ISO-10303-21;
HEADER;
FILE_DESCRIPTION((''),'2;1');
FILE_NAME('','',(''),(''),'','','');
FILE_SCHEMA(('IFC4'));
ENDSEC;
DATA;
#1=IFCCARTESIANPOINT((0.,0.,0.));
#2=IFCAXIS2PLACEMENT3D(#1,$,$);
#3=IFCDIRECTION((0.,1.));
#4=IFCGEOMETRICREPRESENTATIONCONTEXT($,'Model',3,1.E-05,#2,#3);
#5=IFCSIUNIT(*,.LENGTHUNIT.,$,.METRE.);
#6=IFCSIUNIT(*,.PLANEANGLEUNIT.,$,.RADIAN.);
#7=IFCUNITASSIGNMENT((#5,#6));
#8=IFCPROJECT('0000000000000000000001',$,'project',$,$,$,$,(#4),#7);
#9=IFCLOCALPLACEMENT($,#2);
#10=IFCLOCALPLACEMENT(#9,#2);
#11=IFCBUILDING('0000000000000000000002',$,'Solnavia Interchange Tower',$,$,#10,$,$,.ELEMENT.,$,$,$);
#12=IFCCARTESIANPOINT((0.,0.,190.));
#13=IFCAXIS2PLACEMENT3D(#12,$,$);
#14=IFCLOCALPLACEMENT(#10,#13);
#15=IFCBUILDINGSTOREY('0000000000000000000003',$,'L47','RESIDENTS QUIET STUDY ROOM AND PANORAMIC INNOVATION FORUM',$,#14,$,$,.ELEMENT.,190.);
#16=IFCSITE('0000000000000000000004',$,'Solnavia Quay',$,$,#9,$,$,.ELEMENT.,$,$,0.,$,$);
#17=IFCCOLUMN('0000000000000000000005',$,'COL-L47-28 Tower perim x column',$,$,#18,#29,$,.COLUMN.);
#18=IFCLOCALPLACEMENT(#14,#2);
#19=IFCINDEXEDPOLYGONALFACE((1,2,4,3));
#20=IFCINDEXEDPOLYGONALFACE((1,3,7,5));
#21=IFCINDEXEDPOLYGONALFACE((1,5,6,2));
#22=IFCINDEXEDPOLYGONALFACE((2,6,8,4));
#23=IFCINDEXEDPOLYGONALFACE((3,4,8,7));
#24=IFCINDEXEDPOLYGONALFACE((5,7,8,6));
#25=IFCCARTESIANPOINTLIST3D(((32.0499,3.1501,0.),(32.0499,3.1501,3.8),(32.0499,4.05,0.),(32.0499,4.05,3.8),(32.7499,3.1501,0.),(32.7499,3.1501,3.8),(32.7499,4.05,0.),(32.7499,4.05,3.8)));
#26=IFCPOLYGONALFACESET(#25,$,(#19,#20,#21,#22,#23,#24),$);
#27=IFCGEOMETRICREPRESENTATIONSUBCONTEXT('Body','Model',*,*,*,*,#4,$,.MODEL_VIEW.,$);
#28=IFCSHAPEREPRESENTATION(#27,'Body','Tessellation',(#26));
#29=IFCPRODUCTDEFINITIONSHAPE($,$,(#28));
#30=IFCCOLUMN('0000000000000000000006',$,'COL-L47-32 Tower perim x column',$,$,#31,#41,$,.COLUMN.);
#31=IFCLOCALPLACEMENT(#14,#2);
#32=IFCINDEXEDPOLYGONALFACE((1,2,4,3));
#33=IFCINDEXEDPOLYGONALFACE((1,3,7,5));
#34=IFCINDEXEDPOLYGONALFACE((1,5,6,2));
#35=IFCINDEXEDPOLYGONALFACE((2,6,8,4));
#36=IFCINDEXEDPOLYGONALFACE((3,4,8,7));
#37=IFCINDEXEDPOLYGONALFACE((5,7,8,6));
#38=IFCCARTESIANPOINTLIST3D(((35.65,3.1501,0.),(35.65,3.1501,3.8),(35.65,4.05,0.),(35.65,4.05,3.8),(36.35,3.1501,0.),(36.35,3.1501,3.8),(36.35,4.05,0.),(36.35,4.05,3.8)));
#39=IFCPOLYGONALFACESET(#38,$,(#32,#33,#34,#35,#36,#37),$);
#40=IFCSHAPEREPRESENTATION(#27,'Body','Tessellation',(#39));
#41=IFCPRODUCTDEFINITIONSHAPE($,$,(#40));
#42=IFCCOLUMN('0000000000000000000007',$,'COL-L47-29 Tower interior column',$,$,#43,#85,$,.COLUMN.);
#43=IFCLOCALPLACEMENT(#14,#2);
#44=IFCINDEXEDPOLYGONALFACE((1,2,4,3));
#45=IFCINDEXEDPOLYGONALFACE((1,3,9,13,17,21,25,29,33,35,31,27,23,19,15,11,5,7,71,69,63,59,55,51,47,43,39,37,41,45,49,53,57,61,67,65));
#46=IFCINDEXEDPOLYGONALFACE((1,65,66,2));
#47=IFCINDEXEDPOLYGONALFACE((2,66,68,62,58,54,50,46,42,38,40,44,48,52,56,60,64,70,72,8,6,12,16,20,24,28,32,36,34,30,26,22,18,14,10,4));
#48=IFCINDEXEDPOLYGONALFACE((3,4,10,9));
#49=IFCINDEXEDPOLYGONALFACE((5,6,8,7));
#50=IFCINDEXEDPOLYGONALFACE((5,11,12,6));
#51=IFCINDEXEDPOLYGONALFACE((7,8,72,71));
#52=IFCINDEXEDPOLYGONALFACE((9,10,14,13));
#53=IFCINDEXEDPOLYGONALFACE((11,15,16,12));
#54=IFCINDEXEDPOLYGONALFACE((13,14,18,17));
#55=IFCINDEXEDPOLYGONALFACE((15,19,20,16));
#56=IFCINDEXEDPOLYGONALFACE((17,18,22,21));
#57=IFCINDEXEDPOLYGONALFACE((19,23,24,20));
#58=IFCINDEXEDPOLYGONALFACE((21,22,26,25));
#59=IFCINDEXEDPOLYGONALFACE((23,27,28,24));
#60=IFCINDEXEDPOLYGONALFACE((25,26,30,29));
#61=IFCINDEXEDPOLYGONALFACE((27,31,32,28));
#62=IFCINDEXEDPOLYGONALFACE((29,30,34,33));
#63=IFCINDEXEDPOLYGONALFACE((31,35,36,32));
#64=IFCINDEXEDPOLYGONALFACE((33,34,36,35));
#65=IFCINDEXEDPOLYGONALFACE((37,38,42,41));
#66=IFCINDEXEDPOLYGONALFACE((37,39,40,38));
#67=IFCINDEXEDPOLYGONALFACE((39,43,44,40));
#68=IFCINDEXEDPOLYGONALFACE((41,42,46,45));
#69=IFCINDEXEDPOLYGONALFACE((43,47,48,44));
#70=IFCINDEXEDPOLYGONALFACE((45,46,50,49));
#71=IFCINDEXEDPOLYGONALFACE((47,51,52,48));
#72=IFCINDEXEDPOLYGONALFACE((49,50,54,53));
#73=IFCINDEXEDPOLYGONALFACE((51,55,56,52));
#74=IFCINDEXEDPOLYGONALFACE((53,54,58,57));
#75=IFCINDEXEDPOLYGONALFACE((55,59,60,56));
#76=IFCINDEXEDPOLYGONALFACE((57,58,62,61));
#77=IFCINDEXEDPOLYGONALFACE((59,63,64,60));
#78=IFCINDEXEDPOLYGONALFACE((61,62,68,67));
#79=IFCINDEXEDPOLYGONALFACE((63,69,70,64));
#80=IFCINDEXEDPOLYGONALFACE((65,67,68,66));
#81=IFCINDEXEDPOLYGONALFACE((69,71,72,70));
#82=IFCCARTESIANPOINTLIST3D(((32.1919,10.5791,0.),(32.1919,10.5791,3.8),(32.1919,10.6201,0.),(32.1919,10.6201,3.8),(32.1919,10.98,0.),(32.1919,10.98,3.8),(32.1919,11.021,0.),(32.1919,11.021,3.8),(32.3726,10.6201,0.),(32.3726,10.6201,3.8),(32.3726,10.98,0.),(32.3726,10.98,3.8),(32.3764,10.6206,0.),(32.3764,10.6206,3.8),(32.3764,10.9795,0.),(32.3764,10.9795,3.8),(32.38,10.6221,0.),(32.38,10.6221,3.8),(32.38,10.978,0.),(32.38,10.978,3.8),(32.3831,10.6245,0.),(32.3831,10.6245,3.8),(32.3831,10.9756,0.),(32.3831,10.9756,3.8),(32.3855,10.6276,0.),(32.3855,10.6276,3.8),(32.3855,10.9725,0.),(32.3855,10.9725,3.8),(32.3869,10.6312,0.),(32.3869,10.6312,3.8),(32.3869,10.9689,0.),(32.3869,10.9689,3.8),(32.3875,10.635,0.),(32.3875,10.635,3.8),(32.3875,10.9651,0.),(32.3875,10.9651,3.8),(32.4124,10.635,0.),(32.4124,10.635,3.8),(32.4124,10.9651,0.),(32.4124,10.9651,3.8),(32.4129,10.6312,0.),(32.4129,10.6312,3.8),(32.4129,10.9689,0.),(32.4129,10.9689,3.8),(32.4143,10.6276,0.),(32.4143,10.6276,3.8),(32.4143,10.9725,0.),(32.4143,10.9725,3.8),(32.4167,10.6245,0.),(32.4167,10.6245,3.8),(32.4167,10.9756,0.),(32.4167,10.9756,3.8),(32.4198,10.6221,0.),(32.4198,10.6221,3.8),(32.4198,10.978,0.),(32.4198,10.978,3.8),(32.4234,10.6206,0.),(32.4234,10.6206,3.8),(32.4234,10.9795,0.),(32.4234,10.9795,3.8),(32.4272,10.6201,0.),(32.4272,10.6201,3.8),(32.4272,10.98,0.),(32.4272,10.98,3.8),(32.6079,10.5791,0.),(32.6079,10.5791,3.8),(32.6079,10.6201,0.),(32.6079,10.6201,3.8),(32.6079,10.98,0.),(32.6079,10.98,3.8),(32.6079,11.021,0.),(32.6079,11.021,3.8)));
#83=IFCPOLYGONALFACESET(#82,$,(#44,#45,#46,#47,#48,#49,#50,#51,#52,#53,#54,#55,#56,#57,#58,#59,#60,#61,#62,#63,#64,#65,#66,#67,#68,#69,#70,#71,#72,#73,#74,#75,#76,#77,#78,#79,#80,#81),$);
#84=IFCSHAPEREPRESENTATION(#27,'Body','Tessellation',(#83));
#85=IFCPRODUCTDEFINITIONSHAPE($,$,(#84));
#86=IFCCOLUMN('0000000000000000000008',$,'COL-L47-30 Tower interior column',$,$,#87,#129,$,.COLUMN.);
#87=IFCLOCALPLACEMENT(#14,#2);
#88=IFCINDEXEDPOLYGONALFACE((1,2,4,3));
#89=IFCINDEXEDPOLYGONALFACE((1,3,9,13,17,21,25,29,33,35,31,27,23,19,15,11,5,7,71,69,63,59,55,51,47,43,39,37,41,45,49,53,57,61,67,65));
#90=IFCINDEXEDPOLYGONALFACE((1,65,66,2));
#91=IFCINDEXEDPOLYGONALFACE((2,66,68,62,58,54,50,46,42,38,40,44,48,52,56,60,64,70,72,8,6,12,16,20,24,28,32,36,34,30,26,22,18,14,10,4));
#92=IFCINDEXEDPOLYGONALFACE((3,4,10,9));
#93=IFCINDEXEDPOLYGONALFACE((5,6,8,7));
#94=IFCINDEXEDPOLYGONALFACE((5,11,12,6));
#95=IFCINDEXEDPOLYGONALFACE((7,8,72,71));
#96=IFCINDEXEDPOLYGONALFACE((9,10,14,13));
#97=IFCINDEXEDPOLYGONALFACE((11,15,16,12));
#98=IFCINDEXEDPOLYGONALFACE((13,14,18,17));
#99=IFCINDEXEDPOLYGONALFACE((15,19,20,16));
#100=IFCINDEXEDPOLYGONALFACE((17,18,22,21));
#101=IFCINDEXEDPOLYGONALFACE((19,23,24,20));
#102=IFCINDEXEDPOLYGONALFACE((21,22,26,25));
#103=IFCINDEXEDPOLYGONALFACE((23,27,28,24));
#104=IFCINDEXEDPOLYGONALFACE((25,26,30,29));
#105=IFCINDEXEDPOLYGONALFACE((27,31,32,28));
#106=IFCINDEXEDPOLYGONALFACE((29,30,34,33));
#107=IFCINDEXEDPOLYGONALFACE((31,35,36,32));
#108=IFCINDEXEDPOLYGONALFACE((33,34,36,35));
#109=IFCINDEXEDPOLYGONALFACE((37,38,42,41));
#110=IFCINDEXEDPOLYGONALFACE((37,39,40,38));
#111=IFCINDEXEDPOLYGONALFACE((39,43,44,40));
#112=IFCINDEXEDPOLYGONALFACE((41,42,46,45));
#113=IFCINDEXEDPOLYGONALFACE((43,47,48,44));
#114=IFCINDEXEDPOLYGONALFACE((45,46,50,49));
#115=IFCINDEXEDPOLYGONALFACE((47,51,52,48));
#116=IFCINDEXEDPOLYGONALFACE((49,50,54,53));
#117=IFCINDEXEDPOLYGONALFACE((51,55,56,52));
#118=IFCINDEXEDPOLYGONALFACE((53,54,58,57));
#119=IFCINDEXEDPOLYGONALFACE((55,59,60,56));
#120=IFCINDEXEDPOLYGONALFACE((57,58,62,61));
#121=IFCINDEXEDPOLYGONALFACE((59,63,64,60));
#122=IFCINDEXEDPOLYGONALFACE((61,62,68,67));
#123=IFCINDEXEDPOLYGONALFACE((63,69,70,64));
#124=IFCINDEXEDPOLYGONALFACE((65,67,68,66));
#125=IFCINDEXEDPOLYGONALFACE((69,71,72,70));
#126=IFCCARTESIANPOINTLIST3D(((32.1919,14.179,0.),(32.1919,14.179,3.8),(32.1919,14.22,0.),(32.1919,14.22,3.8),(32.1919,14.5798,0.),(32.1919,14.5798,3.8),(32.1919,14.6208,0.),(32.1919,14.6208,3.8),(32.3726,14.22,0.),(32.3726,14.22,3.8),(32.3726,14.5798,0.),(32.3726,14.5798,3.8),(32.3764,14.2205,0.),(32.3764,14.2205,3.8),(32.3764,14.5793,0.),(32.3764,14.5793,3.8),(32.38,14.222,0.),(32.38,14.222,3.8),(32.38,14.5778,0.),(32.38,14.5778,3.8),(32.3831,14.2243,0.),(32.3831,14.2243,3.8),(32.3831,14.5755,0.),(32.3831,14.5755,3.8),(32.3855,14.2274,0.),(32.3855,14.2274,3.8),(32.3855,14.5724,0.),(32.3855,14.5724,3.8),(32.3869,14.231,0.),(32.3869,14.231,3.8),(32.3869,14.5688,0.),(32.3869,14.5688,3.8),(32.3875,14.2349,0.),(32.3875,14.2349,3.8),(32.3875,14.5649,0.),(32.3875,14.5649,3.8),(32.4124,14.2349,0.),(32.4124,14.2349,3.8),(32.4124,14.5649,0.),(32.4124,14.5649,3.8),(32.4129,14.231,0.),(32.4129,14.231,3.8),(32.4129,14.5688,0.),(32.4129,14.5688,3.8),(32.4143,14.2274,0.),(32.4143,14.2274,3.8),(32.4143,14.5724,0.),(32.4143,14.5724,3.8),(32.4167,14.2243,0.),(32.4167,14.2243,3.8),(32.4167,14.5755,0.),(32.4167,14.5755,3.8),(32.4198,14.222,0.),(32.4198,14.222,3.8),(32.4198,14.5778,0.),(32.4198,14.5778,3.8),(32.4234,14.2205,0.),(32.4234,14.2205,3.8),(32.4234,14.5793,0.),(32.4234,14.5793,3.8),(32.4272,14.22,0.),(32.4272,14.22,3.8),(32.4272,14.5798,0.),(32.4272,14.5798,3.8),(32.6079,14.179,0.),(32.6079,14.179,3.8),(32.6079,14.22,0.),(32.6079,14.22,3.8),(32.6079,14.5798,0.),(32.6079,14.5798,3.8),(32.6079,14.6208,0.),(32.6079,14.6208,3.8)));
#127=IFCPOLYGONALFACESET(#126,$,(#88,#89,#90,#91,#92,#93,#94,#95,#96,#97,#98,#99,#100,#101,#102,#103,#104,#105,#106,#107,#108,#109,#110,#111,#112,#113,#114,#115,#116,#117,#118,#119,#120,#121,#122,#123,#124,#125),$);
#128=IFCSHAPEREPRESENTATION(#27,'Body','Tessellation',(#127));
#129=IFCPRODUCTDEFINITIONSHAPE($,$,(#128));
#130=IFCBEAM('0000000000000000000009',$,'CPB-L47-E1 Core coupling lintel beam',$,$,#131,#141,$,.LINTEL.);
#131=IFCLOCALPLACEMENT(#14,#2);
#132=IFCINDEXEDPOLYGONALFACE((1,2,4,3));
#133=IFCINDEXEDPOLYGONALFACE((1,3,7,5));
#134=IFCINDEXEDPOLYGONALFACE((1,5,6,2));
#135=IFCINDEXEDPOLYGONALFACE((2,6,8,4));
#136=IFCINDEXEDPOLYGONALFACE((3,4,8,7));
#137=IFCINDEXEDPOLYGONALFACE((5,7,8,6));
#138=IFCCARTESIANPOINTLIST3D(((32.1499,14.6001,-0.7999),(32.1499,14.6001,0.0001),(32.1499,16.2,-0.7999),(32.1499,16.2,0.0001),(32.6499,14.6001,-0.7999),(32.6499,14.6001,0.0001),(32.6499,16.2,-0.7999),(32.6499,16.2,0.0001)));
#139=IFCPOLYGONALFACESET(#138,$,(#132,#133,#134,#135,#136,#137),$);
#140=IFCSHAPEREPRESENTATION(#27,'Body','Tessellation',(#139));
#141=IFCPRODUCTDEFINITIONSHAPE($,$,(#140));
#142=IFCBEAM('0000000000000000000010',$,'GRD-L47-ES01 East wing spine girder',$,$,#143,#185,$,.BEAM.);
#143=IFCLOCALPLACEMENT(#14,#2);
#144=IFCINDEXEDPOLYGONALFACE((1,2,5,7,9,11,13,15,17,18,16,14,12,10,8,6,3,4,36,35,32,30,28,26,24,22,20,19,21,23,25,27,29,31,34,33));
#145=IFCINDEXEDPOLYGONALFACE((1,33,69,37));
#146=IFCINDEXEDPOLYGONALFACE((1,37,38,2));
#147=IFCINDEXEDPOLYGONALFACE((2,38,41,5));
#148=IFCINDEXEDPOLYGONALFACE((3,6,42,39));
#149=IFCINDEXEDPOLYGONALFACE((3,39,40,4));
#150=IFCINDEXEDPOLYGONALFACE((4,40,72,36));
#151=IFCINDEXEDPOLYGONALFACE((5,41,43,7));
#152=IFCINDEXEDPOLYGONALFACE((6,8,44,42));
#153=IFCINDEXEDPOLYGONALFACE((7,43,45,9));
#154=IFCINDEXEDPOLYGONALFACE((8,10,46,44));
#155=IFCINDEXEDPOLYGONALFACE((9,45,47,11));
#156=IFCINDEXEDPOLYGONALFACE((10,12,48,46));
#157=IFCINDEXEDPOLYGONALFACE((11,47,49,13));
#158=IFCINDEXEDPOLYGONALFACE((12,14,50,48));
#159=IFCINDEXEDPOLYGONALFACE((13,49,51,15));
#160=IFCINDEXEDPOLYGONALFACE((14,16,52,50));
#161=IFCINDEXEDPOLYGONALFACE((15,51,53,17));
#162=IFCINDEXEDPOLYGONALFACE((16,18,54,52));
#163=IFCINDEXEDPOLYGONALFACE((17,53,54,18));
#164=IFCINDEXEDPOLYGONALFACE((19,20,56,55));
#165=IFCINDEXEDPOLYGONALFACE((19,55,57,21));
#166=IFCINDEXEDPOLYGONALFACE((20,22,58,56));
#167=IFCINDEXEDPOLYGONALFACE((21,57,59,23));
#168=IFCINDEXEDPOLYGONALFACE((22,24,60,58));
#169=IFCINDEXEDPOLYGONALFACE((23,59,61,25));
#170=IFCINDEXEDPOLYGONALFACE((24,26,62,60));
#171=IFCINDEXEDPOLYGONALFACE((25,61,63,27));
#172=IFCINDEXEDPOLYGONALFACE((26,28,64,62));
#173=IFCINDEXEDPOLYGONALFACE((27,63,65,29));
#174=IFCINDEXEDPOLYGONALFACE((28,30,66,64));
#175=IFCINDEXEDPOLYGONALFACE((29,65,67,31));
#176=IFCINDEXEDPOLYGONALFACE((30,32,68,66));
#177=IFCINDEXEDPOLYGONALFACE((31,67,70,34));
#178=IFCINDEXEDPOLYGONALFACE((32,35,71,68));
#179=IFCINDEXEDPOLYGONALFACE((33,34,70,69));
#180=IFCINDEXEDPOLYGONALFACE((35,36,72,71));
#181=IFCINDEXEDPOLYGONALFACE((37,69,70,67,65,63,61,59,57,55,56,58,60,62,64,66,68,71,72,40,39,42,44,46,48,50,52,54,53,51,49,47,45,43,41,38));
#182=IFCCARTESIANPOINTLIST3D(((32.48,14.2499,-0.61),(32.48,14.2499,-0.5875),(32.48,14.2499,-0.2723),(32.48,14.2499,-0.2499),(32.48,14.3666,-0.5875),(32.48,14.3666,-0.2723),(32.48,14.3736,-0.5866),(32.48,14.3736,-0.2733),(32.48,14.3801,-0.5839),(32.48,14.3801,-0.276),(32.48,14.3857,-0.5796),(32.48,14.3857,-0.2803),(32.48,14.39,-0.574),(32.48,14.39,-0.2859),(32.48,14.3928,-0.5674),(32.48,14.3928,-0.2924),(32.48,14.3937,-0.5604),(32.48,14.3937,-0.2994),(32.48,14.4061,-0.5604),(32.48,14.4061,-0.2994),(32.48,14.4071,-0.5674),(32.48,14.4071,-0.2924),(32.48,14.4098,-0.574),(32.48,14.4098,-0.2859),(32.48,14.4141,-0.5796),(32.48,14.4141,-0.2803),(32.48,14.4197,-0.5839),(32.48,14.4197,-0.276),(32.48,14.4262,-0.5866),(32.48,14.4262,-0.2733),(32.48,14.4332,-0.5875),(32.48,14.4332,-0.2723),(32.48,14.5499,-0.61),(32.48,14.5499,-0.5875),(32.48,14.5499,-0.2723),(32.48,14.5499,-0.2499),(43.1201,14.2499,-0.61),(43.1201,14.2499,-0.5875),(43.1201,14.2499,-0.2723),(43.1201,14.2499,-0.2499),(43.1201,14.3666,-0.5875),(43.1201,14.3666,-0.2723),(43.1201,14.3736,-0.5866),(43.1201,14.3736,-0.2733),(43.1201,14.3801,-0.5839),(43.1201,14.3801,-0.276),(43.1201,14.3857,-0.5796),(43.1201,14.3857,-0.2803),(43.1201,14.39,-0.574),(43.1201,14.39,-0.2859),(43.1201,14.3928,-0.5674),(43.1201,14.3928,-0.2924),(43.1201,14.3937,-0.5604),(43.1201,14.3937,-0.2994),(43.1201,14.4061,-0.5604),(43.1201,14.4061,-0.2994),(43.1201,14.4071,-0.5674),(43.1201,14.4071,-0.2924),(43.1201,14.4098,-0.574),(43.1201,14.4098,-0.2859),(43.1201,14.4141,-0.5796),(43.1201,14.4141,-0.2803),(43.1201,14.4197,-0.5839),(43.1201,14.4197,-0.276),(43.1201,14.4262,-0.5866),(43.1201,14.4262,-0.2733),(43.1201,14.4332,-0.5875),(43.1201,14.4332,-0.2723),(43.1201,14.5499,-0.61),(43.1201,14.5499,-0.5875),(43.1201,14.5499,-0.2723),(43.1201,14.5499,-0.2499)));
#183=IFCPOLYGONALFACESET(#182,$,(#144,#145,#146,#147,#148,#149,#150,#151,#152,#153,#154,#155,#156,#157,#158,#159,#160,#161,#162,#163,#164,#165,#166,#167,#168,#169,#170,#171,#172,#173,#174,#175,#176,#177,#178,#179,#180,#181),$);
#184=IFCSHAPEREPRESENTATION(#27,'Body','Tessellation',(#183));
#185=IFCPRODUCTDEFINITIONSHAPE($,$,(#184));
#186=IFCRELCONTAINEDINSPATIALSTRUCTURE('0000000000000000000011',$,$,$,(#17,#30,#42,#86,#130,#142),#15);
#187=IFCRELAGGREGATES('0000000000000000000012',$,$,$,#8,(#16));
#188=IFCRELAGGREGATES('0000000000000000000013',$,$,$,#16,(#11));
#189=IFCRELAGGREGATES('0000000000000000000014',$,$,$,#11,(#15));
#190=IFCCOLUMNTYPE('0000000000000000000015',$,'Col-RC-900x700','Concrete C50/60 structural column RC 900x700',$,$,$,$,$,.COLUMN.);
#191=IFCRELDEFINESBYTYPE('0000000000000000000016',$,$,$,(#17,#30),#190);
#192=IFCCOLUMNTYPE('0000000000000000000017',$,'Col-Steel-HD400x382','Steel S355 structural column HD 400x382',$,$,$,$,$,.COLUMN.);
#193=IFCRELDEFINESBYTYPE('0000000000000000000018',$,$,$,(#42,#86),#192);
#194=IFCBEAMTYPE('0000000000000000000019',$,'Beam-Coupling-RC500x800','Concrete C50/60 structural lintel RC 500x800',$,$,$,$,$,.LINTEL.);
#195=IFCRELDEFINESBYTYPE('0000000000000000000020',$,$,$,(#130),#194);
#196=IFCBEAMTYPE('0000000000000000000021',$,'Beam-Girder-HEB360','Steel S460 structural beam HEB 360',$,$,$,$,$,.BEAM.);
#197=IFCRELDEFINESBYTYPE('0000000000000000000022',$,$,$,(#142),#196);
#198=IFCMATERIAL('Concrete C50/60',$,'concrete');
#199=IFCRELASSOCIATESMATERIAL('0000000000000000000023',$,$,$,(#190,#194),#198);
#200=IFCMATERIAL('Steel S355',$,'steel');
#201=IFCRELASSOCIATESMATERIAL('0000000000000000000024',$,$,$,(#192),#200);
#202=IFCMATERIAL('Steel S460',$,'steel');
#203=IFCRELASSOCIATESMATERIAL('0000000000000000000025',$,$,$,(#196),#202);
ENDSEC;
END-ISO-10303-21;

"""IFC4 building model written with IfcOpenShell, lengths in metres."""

from ifc_helpers import new_model, si_unit, direction, frame, origin, origin_2d, place, context, subcontext, project, spatial, rectangle, i_section, extrude, material, material_profile, profile_set, type_object, element, save


model = new_model("IFC4")

# Units and contexts
model_context = context("Model", 3, precision=1e-05, world=origin(), true_north=direction((0.0, 1.0)))
body_context = subcontext(model_context, "Body", "Model", "MODEL_VIEW")
ifc_project = project(units=[si_unit("LENGTHUNIT", "METRE"), si_unit("PLANEANGLEUNIT", "RADIAN")], contexts=[model_context])

# Site, building, storey
site_placement = place(None, origin())
site = spatial("IfcSite", under=ifc_project, at=site_placement, Name="Solnavia Quay", CompositionType="ELEMENT", RefElevation=0.0)
building_placement = place(site_placement, origin())
building = spatial("IfcBuilding", under=site, at=building_placement, Name="Solnavia Interchange Tower", CompositionType="ELEMENT")
storey_placement = place(building_placement, frame((0.0, 0.0, 190.0)))
storey = spatial("IfcBuildingStorey", under=building, at=storey_placement, Name="L47", Description="RESIDENTS QUIET STUDY ROOM AND PANORAMIC INNOVATION FORUM", CompositionType="ELEMENT", Elevation=190.0)

# Columns
ifc_material_1 = material(Name="Concrete C50/60", Category="concrete")
ifc_material_profile_1 = material_profile(ifc_material_1, rectangle(XDim=0.7, YDim=0.8999, at=origin_2d()), Name="RC 900x700")
ifc_profile_set_1 = profile_set([ifc_material_profile_1], Name="Concrete C50/60")
column_type_1 = type_object("IfcColumnType", Name="Col-RC-900x700", Description="Concrete C50/60 structural column RC 900x700", PredefinedType="COLUMN", material=ifc_profile_set_1)
for number, where, z_axis, x_axis, name in (
    (1, (32.3999, 3.6001, 0.0), (0.0, 0.0, 1.0), (1.0, 0.0, 0.0), "COL-L47-28 Tower perim x column"),
    (2, (36.0, 3.6001, 0.0), (0.0, 0.0, 1.0), (1.0, 0.0, 0.0), "COL-L47-32 Tower perim x column"),
):
    element("IfcColumn", number, at=place(storey_placement, frame(where, z_axis=z_axis, x_axis=x_axis)), inside=storey, type_object=column_type_1, Name=name, PredefinedType="COLUMN", context=body_context, shape_type="SweptSolid", body=[
        extrude(rectangle(XDim=0.7, YDim=0.8999, at=origin_2d()), origin(), (0.0, 0.0, 1.0), 3.8),
    ])
ifc_material_2 = material(Name="Steel S355", Category="steel")
ifc_material_profile_2 = material_profile(ifc_material_2, i_section(OverallWidth=0.416, OverallDepth=0.4419, WebThickness=0.0249, FlangeThickness=0.041, FilletRadius=0.0149, at=origin_2d()), Name="HD 400x382")
ifc_profile_set_2 = profile_set([ifc_material_profile_2], Name="Steel S355")
column_type_2 = type_object("IfcColumnType", Name="Col-Steel-HD400x382", Description="Steel S355 structural column HD 400x382", PredefinedType="COLUMN", material=ifc_profile_set_2)
for number, where, z_axis, x_axis, name in (
    (3, (32.3999, 10.8, 0.0), (0.0, 0.0, 1.0), (1.0, 0.0, 0.0), "COL-L47-29 Tower interior column"),
    (4, (32.3999, 14.3999, 0.0), (0.0, 0.0, 1.0), (1.0, 0.0, 0.0), "COL-L47-30 Tower interior column"),
):
    element("IfcColumn", number, at=place(storey_placement, frame(where, z_axis=z_axis, x_axis=x_axis)), inside=storey, type_object=column_type_2, Name=name, PredefinedType="COLUMN", context=body_context, shape_type="SweptSolid", body=[
        extrude(i_section(OverallWidth=0.416, OverallDepth=0.4419, WebThickness=0.0249, FlangeThickness=0.041, FilletRadius=0.0149, at=origin_2d()), origin(), (0.0, 0.0, 1.0), 3.8),
    ])

# Beams
ifc_material_profile_3 = material_profile(ifc_material_1, rectangle(XDim=0.5, YDim=0.8, at=origin_2d()), Name="RC 500x800")
ifc_profile_set_3 = profile_set([ifc_material_profile_3], Name="Concrete C50/60")
beam_type_1 = type_object("IfcBeamType", Name="Beam-Coupling-RC500x800", Description="Concrete C50/60 structural lintel RC 500x800", PredefinedType="LINTEL", material=ifc_profile_set_3)
beam_1_placement = place(storey_placement, frame((32.3999, 14.6001, -0.3999), z_axis=(0.0, 1.0, 0.0), x_axis=(-1.0, 0.0, 0.0)))
element("IfcBeam", 5, at=beam_1_placement, inside=storey, type_object=beam_type_1, Name="CPB-L47-E1 Core coupling lintel beam", PredefinedType="LINTEL", context=body_context, shape_type="SweptSolid", body=[
    extrude(rectangle(XDim=0.5, YDim=0.8, at=origin_2d()), origin(), (0.0, 0.0, 1.0), 1.5999),
])
ifc_material_3 = material(Name="Steel S460", Category="steel")
ifc_material_profile_4 = material_profile(ifc_material_3, i_section(OverallWidth=0.3, OverallDepth=0.3601, WebThickness=0.0125, FlangeThickness=0.0225, FilletRadius=0.0271, at=origin_2d()), Name="HEB 360")
ifc_profile_set_4 = profile_set([ifc_material_profile_4], Name="Steel S460")
beam_type_2 = type_object("IfcBeamType", Name="Beam-Girder-HEB360", Description="Steel S460 structural beam HEB 360", PredefinedType="BEAM", material=ifc_profile_set_4)
beam_2_placement = place(storey_placement, frame((32.48, 14.3999, -0.4299), z_axis=(1.0, 0.0, 0.0), x_axis=(0.0, 1.0, 0.0)))
element("IfcBeam", 6, at=beam_2_placement, inside=storey, type_object=beam_type_2, Name="GRD-L47-ES01 East wing spine girder", PredefinedType="BEAM", context=body_context, shape_type="SweptSolid", body=[
    extrude(i_section(OverallWidth=0.3, OverallDepth=0.3601, WebThickness=0.0125, FlangeThickness=0.0225, FilletRadius=0.0271, at=origin_2d()), origin(), (0.0, 0.0, 1.0), 10.6401),
])

save(model, "model.ifc")
